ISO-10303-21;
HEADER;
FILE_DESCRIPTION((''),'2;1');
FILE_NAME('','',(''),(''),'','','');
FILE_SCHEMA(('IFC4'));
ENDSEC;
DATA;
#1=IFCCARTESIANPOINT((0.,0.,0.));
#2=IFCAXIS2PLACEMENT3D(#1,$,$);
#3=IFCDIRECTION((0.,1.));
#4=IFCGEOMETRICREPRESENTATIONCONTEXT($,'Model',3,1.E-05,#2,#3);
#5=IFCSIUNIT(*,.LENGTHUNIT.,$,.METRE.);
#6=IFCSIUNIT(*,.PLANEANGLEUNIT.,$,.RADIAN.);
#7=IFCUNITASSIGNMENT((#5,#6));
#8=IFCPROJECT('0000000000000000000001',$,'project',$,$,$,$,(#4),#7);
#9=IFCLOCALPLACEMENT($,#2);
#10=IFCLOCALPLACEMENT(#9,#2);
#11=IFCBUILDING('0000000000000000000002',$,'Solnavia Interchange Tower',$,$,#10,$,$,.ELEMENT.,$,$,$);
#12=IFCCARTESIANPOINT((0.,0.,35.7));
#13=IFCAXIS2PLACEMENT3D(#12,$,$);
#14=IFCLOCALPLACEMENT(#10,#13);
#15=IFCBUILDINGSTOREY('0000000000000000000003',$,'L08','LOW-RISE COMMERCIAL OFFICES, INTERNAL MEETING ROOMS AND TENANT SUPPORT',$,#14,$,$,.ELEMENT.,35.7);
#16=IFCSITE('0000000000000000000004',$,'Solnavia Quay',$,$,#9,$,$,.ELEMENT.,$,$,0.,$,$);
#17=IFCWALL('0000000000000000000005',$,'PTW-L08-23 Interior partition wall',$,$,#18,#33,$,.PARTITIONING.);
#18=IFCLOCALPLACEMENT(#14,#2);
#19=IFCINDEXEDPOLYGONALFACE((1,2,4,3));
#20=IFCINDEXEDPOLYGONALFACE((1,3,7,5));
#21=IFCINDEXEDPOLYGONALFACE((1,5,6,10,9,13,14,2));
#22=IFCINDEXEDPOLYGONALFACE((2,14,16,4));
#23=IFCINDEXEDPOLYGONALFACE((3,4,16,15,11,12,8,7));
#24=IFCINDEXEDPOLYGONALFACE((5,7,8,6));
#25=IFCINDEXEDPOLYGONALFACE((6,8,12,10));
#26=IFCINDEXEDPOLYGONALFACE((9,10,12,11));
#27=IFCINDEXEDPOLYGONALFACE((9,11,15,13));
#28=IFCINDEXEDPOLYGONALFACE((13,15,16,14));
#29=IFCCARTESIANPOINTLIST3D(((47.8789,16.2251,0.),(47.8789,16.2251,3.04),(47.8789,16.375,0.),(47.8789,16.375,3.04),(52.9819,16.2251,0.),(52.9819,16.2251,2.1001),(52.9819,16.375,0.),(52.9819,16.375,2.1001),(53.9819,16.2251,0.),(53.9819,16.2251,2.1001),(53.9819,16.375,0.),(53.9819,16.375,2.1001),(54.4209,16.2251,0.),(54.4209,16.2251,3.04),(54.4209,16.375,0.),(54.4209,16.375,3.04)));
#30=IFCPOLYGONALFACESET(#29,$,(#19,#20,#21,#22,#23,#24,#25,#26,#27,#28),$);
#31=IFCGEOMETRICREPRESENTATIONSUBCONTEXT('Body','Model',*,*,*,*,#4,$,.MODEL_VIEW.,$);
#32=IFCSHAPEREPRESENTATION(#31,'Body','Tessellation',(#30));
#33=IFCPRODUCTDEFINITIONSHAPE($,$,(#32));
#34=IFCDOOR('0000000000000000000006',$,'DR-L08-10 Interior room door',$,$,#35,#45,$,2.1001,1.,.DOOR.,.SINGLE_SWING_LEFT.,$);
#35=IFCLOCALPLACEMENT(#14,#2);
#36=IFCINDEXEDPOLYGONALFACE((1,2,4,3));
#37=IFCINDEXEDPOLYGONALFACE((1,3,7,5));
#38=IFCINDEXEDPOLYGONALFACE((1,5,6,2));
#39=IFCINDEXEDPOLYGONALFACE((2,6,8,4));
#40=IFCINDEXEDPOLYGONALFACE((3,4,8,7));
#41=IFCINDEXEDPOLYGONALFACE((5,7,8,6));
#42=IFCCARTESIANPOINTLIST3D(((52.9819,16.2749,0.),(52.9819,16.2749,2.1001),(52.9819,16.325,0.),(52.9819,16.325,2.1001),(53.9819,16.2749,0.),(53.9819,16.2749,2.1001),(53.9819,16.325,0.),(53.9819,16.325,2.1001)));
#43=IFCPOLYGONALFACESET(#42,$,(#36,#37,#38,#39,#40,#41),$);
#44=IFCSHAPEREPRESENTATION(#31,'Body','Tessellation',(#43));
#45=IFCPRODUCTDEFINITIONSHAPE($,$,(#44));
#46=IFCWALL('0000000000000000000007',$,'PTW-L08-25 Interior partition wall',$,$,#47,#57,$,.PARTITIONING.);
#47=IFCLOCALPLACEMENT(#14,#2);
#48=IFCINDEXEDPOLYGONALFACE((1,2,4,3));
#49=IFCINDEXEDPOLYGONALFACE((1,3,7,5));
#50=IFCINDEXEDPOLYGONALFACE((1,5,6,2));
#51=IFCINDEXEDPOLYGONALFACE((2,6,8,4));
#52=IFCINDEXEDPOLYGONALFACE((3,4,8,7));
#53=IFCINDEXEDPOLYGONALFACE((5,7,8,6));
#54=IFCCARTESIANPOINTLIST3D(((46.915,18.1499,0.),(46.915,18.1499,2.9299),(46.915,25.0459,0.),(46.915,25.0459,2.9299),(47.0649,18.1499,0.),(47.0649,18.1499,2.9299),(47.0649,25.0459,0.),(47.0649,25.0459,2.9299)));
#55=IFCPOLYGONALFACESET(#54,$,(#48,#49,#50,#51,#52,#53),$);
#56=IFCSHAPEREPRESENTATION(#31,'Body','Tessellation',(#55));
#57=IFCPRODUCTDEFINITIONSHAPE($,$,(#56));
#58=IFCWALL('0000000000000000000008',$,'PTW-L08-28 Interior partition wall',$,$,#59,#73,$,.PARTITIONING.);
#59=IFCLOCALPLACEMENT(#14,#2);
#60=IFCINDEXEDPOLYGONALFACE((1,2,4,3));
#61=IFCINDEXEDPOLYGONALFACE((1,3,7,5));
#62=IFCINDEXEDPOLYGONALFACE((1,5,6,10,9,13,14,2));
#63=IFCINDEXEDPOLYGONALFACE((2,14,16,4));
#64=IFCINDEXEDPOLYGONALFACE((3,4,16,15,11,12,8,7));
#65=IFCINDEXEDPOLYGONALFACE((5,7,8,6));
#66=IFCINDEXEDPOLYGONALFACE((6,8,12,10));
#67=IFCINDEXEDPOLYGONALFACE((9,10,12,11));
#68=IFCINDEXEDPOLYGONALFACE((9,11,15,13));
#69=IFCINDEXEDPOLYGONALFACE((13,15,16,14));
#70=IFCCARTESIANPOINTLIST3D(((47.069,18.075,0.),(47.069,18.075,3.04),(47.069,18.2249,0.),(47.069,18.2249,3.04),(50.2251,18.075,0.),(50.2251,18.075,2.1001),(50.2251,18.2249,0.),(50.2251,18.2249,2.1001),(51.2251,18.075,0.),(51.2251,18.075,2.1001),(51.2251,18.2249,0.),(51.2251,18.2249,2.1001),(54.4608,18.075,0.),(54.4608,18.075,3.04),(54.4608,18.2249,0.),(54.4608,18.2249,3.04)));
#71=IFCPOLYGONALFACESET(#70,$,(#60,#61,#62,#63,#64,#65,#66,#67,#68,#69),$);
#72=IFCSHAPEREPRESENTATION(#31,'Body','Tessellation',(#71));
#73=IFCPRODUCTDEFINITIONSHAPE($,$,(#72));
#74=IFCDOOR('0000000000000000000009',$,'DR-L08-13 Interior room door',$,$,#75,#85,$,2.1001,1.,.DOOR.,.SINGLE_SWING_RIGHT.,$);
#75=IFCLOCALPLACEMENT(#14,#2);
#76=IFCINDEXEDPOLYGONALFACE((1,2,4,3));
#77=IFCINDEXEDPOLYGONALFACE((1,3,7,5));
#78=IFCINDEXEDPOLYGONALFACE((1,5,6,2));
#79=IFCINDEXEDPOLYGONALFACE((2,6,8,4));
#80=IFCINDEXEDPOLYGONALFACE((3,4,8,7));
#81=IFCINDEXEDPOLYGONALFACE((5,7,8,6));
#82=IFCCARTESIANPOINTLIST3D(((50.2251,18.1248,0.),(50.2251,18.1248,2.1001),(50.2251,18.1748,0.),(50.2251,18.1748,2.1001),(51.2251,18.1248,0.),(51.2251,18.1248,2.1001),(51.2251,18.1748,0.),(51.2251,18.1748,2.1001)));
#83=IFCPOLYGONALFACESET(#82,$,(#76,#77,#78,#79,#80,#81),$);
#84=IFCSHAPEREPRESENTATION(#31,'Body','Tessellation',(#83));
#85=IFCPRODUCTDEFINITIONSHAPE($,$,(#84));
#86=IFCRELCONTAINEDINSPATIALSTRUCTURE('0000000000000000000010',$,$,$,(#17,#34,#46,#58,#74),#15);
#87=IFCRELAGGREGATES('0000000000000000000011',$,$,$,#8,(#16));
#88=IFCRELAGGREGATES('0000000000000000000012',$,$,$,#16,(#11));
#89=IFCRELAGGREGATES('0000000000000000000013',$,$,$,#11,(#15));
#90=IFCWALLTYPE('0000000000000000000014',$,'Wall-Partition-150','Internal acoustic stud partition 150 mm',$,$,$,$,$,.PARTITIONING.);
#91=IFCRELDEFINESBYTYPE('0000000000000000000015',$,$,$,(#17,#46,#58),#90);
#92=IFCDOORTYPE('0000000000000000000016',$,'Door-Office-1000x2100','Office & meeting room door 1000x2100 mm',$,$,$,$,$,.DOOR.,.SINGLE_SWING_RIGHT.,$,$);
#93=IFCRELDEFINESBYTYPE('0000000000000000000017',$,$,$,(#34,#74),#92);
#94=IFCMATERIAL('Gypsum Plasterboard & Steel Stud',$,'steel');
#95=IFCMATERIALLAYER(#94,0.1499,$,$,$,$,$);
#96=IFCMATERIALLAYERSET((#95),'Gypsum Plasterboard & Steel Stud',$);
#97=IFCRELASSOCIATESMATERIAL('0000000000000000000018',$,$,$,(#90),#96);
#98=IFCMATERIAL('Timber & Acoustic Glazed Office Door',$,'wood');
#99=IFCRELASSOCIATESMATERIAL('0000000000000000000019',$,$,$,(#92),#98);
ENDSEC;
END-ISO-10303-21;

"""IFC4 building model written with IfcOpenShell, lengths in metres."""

from ifc_helpers import new_model, si_unit, direction, frame, frame_2d, origin, place, context, subcontext, project, spatial, rectangle, extrude, material, layer, layer_set, type_object, element, fill, save


model = new_model("IFC4")

# Units and contexts
model_context = context("Model", 3, precision=1e-05, world=origin(), true_north=direction((0.0, 1.0)))
body_context = subcontext(model_context, "Body", "Model", "MODEL_VIEW")
ifc_project = project(units=[si_unit("LENGTHUNIT", "METRE"), si_unit("PLANEANGLEUNIT", "RADIAN")], contexts=[model_context])

# Site, building, storey
site_placement = place(None, origin())
site = spatial("IfcSite", under=ifc_project, at=site_placement, Name="Solnavia Quay", CompositionType="ELEMENT", RefElevation=0.0)
building_placement = place(site_placement, origin())
building = spatial("IfcBuilding", under=site, at=building_placement, Name="Solnavia Interchange Tower", CompositionType="ELEMENT")
storey_placement = place(building_placement, frame((0.0, 0.0, 35.7)))
storey = spatial("IfcBuildingStorey", under=building, at=storey_placement, Name="L08", Description="LOW-RISE COMMERCIAL OFFICES, INTERNAL MEETING ROOMS AND TENANT SUPPORT", CompositionType="ELEMENT", Elevation=35.7)

# Wall, opening, door
ifc_material_1 = material(Name="Gypsum Plasterboard & Steel Stud", Category="steel")
ifc_layer_1 = layer(ifc_material_1, 0.1499)
ifc_layer_set_1 = layer_set([ifc_layer_1], Name="Gypsum Plasterboard & Steel Stud")
wall_type_1 = type_object("IfcWallType", Name="Wall-Partition-150", Description="Internal acoustic stud partition 150 mm", PredefinedType="PARTITIONING", material=ifc_layer_set_1)
wall_1_placement = place(storey_placement, frame((47.8789, 16.3, 0.0), z_axis=(0.0, 0.0, 1.0), x_axis=(1.0, 0.0, 0.0)))
wall_1 = element("IfcWall", 1, at=wall_1_placement, inside=storey, type_object=wall_type_1, Name="PTW-L08-23 Interior partition wall", PredefinedType="PARTITIONING", context=body_context, shape_type="SweptSolid", body=[
    extrude(rectangle(XDim=6.542, YDim=0.1499, at=frame_2d((3.271, 0.0))), origin(), (0.0, 0.0, 1.0), 3.04),
])
opening_1_placement = place(wall_1_placement, frame((5.103, 0.0, 0.0)))
opening_1 = element("IfcOpeningElement", 2, at=opening_1_placement, cuts=wall_1, PredefinedType="OPENING", context=body_context, shape_type="SweptSolid", body=[
    extrude(rectangle(XDim=1.0, YDim=2.1001, at=frame_2d((0.5, 1.05))), frame((0.0, 0.085, 0.0), z_axis=(0.0, -1.0, 0.0), x_axis=(1.0, 0.0, 0.0)), (0.0, 0.0, 1.0), 0.1699),
])
ifc_material_2 = material(Name="Timber & Acoustic Glazed Office Door", Category="wood")
door_type = type_object("IfcDoorType", Name="Door-Office-1000x2100", Description="Office & meeting room door 1000x2100 mm", OperationType="SINGLE_SWING_RIGHT", PredefinedType="DOOR", material=ifc_material_2)
door_1_placement = place(opening_1_placement, origin())
door_1 = element("IfcDoor", 3, at=door_1_placement, inside=storey, type_object=door_type, Name="DR-L08-10 Interior room door", OperationType="SINGLE_SWING_LEFT", OverallHeight=2.1001, OverallWidth=1.0, PredefinedType="DOOR", context=body_context, shape_type="SweptSolid", body=[
    extrude(rectangle(XDim=1.0, YDim=2.1001, at=frame_2d((0.5, 1.05))), frame((0.0, 0.0249, 0.0), z_axis=(0.0, -1.0, 0.0), x_axis=(1.0, 0.0, 0.0)), (0.0, 0.0, 1.0), 0.05),
])
fill(opening_1, door_1)

# Wall
wall_2_placement = place(storey_placement, frame((46.99, 18.1499, 0.0), z_axis=(0.0, 0.0, 1.0), x_axis=(0.0, 1.0, 0.0)))
element("IfcWall", 4, at=wall_2_placement, inside=storey, type_object=wall_type_1, Name="PTW-L08-25 Interior partition wall", PredefinedType="PARTITIONING", context=body_context, shape_type="SweptSolid", body=[
    extrude(rectangle(XDim=6.896, YDim=0.1499, at=frame_2d((3.448, 0.0))), origin(), (0.0, 0.0, 1.0), 2.9299),
])

# Wall, opening, door
wall_3_placement = place(storey_placement, frame((47.0691, 18.1499, 0.0), z_axis=(0.0, 0.0, 1.0), x_axis=(1.0, 0.0, 0.0)))
wall_3 = element("IfcWall", 5, at=wall_3_placement, inside=storey, type_object=wall_type_1, Name="PTW-L08-28 Interior partition wall", PredefinedType="PARTITIONING", context=body_context, shape_type="SweptSolid", body=[
    extrude(rectangle(XDim=7.3918, YDim=0.1499, at=frame_2d((3.6958, 0.0))), origin(), (0.0, 0.0, 1.0), 3.04),
])
opening_2_placement = place(wall_3_placement, frame((3.156, 0.0, 0.0)))
opening_2 = element("IfcOpeningElement", 6, at=opening_2_placement, cuts=wall_3, PredefinedType="OPENING", context=body_context, shape_type="SweptSolid", body=[
    extrude(rectangle(XDim=1.0, YDim=2.1001, at=frame_2d((0.5, 1.05))), frame((0.0, 0.085, 0.0), z_axis=(0.0, -1.0, 0.0), x_axis=(1.0, 0.0, 0.0)), (0.0, 0.0, 1.0), 0.1699),
])
door_2_placement = place(opening_2_placement, origin())
door_2 = element("IfcDoor", 7, at=door_2_placement, inside=storey, type_object=door_type, Name="DR-L08-13 Interior room door", OperationType="SINGLE_SWING_RIGHT", OverallHeight=2.1001, OverallWidth=1.0, PredefinedType="DOOR", context=body_context, shape_type="SweptSolid", body=[
    extrude(rectangle(XDim=1.0, YDim=2.1001, at=frame_2d((0.5, 1.05))), frame((0.0, 0.0249, 0.0), z_axis=(0.0, -1.0, 0.0), x_axis=(1.0, 0.0, 0.0)), (0.0, 0.0, 1.0), 0.05),
])
fill(opening_2, door_2)

save(model, "model.ifc")
